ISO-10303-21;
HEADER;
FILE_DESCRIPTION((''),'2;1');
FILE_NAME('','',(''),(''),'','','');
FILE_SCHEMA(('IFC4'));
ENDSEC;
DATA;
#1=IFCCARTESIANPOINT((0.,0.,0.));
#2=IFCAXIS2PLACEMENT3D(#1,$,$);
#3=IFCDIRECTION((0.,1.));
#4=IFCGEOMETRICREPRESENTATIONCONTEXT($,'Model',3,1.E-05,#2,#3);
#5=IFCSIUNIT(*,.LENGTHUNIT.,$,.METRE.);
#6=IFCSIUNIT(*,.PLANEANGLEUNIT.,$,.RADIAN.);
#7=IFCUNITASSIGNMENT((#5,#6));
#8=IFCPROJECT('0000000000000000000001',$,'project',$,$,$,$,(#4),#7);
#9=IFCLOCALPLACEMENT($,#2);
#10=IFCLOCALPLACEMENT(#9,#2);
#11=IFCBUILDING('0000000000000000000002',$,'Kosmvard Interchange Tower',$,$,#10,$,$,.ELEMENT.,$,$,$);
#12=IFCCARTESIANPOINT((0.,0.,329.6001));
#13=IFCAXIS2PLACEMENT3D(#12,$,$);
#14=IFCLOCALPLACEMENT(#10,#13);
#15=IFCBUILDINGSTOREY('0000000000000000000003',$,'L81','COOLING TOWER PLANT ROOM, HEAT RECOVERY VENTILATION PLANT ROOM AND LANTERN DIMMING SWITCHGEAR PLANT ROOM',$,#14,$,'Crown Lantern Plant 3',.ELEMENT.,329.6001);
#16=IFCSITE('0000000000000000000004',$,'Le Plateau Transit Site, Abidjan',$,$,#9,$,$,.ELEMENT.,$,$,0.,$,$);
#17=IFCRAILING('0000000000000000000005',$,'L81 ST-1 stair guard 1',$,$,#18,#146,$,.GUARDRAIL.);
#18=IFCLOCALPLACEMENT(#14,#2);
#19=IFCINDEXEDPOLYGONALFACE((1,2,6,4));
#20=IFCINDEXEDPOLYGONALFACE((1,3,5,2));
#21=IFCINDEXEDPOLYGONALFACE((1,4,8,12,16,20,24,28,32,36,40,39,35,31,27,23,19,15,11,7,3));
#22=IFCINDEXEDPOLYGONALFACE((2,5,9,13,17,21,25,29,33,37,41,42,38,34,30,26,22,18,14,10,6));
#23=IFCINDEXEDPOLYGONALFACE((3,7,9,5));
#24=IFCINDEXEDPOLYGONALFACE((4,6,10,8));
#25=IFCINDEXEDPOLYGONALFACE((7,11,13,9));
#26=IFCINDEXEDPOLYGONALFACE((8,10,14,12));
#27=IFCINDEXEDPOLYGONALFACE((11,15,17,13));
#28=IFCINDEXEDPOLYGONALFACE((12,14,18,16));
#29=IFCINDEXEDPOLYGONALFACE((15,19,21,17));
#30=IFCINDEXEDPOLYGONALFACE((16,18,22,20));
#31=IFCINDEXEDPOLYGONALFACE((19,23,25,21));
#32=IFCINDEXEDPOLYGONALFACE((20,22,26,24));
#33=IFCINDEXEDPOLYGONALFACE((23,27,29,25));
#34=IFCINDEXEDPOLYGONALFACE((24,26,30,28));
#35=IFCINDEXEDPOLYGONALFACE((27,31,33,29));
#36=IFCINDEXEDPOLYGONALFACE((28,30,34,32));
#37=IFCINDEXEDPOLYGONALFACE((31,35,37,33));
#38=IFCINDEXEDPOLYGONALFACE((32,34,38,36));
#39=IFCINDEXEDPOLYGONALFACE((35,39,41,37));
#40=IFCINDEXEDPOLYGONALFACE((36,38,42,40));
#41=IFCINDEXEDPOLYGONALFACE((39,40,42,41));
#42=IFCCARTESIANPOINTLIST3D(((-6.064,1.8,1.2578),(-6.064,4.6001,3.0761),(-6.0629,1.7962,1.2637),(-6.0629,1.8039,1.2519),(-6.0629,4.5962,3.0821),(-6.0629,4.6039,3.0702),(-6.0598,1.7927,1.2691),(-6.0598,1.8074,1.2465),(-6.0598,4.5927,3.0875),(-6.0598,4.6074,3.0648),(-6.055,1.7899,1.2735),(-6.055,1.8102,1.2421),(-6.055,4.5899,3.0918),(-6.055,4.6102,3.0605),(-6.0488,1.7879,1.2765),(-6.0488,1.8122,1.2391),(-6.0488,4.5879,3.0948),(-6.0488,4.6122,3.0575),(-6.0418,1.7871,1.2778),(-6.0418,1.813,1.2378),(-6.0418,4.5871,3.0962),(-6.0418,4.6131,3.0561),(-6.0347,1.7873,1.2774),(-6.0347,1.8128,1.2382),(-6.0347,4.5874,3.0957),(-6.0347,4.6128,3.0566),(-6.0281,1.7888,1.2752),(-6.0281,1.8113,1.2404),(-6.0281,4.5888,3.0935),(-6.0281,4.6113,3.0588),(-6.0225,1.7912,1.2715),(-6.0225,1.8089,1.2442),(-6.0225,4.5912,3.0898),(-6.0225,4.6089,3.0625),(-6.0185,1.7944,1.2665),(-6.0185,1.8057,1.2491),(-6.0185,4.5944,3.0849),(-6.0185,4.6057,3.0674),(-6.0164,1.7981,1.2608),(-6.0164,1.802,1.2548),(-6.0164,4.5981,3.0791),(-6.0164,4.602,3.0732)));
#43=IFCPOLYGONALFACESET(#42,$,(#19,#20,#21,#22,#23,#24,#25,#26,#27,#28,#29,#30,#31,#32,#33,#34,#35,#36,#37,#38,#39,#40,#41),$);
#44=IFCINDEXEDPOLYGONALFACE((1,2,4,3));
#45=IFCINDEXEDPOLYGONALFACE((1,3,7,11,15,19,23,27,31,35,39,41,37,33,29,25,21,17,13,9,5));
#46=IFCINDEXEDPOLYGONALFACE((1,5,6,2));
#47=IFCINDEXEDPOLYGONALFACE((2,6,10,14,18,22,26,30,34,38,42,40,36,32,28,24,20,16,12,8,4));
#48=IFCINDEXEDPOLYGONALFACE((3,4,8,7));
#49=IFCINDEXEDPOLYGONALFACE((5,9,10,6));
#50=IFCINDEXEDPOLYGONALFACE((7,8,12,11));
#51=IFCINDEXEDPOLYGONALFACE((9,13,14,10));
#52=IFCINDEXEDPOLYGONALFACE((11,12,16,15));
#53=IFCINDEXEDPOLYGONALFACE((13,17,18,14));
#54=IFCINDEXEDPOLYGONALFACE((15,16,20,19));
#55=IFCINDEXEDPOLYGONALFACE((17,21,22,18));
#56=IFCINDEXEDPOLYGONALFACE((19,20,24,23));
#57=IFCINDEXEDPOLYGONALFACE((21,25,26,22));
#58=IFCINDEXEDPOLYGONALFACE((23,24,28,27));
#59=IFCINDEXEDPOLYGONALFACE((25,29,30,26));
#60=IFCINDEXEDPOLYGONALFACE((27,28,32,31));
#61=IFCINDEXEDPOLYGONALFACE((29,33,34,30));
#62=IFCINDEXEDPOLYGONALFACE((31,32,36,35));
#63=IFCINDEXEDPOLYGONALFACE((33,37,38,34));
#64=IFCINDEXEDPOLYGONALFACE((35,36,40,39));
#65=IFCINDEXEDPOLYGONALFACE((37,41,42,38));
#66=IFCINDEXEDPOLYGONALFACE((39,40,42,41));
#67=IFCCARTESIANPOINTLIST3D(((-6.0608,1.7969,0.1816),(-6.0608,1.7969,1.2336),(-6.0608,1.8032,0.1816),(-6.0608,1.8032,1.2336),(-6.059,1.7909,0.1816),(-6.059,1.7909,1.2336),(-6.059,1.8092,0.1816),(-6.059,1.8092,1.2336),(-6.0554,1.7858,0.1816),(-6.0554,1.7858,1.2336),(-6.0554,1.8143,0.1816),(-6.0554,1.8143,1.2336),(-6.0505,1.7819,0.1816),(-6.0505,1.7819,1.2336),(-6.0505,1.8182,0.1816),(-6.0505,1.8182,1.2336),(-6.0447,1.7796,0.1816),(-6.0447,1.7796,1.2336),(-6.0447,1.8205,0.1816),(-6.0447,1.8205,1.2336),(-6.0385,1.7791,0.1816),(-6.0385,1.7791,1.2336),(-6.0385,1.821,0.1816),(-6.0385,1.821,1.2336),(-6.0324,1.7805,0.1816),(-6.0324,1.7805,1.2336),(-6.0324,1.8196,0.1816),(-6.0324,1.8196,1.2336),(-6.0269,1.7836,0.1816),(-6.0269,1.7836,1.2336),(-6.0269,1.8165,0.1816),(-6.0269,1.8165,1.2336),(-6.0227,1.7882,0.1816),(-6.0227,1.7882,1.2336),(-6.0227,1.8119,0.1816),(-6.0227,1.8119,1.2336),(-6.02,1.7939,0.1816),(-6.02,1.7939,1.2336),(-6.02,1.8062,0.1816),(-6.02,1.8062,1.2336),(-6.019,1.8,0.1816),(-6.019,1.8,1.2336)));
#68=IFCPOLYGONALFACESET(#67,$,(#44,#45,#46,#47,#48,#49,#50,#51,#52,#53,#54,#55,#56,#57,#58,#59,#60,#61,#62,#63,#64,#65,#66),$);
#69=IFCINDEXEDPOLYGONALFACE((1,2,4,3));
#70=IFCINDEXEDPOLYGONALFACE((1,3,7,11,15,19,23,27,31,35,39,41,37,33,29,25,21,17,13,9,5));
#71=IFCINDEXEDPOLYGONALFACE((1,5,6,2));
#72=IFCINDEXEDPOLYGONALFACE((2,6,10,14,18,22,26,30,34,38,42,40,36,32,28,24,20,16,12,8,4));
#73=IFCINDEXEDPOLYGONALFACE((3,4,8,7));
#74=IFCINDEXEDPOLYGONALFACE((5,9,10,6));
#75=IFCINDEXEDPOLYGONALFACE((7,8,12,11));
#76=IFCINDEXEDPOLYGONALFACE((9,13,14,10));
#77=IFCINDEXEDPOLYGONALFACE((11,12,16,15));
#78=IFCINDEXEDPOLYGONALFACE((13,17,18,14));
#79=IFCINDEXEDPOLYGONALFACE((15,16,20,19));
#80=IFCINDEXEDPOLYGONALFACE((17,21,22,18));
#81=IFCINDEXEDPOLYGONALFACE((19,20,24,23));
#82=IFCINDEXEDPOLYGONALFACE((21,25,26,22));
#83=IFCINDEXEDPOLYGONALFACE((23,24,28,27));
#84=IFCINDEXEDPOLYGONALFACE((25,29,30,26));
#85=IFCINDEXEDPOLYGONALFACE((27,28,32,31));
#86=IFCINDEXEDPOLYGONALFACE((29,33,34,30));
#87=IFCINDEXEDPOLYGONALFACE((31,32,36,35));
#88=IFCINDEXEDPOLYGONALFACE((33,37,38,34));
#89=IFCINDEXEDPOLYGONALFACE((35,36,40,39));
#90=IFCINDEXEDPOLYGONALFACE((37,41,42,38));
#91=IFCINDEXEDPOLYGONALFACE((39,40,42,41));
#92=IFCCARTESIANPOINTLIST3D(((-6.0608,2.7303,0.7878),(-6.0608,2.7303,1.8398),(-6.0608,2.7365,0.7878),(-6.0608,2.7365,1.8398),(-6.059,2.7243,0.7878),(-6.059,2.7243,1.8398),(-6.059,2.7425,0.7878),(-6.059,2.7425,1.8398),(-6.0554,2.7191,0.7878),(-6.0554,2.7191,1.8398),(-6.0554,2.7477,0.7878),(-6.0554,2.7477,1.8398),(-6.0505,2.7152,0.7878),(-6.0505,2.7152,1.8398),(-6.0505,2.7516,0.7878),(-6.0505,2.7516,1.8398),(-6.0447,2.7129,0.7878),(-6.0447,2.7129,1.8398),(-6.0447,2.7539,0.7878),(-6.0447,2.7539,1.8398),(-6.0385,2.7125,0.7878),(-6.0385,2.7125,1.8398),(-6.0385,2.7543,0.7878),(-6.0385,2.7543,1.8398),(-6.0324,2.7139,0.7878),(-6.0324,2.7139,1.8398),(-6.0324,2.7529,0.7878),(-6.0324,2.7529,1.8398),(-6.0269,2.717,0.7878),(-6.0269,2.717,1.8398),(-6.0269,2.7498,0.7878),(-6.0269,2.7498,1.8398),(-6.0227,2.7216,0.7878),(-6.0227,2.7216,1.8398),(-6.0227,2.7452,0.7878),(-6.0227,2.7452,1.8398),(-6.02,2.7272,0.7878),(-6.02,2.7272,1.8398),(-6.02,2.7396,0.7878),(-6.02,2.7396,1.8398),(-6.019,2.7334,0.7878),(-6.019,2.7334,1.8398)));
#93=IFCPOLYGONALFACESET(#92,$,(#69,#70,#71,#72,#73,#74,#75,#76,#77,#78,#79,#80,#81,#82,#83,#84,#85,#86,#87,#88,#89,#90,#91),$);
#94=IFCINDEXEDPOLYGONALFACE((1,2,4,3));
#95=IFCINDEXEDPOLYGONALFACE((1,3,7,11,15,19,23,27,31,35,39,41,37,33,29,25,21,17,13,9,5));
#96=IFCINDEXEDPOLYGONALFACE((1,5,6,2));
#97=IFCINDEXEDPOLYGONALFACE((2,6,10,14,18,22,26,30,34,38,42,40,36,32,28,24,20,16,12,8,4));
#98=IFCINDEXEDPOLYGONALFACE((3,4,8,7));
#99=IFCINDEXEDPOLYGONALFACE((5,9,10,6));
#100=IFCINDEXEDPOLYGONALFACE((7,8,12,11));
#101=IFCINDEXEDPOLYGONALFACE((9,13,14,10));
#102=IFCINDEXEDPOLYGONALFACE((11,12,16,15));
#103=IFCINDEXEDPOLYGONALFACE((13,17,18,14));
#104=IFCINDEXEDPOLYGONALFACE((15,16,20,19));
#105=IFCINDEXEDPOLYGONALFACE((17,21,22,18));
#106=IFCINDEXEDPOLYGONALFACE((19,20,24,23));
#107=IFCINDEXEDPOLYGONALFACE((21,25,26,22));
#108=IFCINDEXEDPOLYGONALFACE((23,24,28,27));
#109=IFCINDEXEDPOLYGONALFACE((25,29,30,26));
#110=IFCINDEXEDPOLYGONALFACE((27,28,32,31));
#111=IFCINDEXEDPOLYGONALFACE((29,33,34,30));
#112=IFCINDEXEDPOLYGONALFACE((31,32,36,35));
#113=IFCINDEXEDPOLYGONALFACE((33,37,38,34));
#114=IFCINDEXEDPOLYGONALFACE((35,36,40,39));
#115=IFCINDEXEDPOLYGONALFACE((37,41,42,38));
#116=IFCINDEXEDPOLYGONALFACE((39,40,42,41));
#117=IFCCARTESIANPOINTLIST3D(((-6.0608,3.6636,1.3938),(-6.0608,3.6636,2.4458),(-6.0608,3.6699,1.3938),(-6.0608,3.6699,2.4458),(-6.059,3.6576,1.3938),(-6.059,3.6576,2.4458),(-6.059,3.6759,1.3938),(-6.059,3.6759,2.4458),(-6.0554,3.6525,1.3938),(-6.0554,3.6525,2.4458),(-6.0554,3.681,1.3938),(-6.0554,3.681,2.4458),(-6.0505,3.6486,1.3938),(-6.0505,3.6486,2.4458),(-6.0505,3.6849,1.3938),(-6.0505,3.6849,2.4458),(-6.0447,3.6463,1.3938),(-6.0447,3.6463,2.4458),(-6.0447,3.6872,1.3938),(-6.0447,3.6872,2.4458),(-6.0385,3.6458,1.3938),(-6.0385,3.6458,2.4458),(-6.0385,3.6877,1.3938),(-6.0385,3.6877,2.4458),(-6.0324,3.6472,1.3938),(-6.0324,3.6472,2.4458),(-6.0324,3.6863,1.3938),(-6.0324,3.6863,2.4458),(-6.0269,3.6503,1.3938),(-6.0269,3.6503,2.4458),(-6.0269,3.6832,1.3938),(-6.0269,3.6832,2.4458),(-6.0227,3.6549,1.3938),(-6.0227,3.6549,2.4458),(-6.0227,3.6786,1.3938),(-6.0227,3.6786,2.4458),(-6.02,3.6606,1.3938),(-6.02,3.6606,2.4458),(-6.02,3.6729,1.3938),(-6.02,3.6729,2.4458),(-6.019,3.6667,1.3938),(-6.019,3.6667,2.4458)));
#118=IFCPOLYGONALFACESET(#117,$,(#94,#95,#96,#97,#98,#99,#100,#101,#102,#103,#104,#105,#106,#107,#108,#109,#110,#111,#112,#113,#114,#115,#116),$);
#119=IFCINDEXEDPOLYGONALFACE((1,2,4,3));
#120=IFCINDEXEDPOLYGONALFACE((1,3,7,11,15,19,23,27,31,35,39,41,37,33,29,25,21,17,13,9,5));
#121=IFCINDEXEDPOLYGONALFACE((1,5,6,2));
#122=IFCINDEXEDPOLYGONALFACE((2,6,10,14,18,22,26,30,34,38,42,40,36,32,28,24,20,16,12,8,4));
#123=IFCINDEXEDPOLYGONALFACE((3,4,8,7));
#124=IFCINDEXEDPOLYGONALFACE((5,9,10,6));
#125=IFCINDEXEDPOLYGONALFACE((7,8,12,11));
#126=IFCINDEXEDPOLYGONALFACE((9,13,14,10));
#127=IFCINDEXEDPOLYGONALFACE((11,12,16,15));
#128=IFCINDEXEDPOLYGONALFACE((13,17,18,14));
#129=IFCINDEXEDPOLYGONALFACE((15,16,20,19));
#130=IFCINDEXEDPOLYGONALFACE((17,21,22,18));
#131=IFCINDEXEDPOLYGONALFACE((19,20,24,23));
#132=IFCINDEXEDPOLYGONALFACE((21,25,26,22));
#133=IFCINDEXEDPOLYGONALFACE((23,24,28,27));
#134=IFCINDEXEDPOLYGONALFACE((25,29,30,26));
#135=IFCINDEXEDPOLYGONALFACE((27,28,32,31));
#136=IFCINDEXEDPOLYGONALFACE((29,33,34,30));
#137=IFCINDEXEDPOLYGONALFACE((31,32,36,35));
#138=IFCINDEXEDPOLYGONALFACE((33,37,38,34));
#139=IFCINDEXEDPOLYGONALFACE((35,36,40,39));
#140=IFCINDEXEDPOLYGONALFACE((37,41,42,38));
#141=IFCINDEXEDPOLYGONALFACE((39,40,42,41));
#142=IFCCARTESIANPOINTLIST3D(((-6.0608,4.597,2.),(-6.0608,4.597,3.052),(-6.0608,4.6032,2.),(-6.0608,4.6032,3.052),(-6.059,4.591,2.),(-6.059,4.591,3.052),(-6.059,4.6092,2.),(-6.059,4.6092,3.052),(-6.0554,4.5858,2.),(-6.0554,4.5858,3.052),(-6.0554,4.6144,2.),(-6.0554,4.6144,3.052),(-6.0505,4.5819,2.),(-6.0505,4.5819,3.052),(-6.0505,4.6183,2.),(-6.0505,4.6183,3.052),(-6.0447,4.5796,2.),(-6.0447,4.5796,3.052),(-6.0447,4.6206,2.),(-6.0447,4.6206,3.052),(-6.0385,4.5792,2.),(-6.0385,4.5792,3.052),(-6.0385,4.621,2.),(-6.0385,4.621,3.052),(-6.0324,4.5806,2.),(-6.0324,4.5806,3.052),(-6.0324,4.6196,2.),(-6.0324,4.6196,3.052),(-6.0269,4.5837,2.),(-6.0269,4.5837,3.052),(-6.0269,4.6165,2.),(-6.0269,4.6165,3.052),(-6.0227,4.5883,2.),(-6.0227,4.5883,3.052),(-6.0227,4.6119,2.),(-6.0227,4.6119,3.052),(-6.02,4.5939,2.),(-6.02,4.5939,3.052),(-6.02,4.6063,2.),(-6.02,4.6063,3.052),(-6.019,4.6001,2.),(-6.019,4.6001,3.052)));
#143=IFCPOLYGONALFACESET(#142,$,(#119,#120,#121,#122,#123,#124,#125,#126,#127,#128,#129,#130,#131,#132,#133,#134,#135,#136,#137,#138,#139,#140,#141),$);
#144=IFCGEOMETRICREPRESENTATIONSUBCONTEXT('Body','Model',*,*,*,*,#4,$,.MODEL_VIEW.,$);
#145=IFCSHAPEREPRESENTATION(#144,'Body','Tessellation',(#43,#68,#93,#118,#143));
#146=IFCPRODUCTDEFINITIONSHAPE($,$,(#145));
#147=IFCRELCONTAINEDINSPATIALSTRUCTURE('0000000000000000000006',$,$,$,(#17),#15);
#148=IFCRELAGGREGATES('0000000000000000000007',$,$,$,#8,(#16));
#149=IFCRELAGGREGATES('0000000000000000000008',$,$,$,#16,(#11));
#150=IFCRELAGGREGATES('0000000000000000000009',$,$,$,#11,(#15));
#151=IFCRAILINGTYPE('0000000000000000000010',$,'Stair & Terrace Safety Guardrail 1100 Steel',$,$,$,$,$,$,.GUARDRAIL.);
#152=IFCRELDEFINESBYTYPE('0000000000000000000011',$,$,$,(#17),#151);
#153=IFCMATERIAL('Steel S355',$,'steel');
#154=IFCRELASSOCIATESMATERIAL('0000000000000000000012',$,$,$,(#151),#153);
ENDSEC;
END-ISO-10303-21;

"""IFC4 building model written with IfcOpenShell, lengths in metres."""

from ifc_helpers import new_model, si_unit, direction, frame, origin, origin_2d, place, context, subcontext, project, spatial, circle, extrude, source, transform, mapped, material, type_object, element, save


model = new_model("IFC4")

# Units and contexts
model_context = context("Model", 3, precision=1e-05, world=origin(), true_north=direction((0.0, 1.0)))
body_context = subcontext(model_context, "Body", "Model", "MODEL_VIEW")
ifc_project = project(units=[si_unit("LENGTHUNIT", "METRE"), si_unit("PLANEANGLEUNIT", "RADIAN")], contexts=[model_context])

# Site, building, storey
site_placement = place(None, origin())
site = spatial("IfcSite", under=ifc_project, at=site_placement, Name="Le Plateau Transit Site, Abidjan", CompositionType="ELEMENT", RefElevation=0.0)
building_placement = place(site_placement, origin())
building = spatial("IfcBuilding", under=site, at=building_placement, Name="Kosmvard Interchange Tower", CompositionType="ELEMENT")
storey_placement = place(building_placement, frame((0.0, 0.0, 329.6001)))
storey = spatial("IfcBuildingStorey", under=building, at=storey_placement, Name="L81", Description="COOLING TOWER PLANT ROOM, HEAT RECOVERY VENTILATION PLANT ROOM AND LANTERN DIMMING SWITCHGEAR PLANT ROOM", LongName="Crown Lantern Plant 3", CompositionType="ELEMENT", Elevation=329.6001)

# Shared definitions
ifc_material_1 = material(Name="Steel S355", Category="steel")

# Railing
railing_type_1 = type_object("IfcRailingType", Name="Stair & Terrace Safety Guardrail 1100 Steel", PredefinedType="GUARDRAIL", material=ifc_material_1)
shared_shape_1 = source(origin(), body_context, "Body", "SweptSolid", [
    extrude(circle(Radius=0.0239, at=origin_2d()), frame((0.0, 0.0, 1.0762), z_axis=(0.0, 0.838672, 0.544636), x_axis=(-1.0, 0.0, 0.0)), (0.0, 0.0, 1.0), 3.3386),
    extrude(circle(Radius=0.021, at=origin_2d()), origin(), (0.0, 0.0, 1.0), 1.052),
    extrude(circle(Radius=0.021, at=origin_2d()), frame((0.0, 0.9333, 0.6062)), (0.0, 0.0, 1.0), 1.052),
    extrude(circle(Radius=0.021, at=origin_2d()), frame((0.0, 1.8667, 1.2122)), (0.0, 0.0, 1.0), 1.052),
    extrude(circle(Radius=0.021, at=origin_2d()), frame((0.0, 2.8, 1.8184)), (0.0, 0.0, 1.0), 1.052),
])
railing_1_placement = place(storey_placement, frame((-6.04, 1.8, 0.1816)))
element("IfcRailing", 1, at=railing_1_placement, inside=storey, type_object=railing_type_1, Name="L81 ST-1 stair guard 1", PredefinedType="GUARDRAIL", context=body_context, shape_type="MappedRepresentation", body=[
    mapped(shared_shape_1, transform((0.0, 0.0, 0.0), scale=1.0)),
])

save(model, "model.ifc")
